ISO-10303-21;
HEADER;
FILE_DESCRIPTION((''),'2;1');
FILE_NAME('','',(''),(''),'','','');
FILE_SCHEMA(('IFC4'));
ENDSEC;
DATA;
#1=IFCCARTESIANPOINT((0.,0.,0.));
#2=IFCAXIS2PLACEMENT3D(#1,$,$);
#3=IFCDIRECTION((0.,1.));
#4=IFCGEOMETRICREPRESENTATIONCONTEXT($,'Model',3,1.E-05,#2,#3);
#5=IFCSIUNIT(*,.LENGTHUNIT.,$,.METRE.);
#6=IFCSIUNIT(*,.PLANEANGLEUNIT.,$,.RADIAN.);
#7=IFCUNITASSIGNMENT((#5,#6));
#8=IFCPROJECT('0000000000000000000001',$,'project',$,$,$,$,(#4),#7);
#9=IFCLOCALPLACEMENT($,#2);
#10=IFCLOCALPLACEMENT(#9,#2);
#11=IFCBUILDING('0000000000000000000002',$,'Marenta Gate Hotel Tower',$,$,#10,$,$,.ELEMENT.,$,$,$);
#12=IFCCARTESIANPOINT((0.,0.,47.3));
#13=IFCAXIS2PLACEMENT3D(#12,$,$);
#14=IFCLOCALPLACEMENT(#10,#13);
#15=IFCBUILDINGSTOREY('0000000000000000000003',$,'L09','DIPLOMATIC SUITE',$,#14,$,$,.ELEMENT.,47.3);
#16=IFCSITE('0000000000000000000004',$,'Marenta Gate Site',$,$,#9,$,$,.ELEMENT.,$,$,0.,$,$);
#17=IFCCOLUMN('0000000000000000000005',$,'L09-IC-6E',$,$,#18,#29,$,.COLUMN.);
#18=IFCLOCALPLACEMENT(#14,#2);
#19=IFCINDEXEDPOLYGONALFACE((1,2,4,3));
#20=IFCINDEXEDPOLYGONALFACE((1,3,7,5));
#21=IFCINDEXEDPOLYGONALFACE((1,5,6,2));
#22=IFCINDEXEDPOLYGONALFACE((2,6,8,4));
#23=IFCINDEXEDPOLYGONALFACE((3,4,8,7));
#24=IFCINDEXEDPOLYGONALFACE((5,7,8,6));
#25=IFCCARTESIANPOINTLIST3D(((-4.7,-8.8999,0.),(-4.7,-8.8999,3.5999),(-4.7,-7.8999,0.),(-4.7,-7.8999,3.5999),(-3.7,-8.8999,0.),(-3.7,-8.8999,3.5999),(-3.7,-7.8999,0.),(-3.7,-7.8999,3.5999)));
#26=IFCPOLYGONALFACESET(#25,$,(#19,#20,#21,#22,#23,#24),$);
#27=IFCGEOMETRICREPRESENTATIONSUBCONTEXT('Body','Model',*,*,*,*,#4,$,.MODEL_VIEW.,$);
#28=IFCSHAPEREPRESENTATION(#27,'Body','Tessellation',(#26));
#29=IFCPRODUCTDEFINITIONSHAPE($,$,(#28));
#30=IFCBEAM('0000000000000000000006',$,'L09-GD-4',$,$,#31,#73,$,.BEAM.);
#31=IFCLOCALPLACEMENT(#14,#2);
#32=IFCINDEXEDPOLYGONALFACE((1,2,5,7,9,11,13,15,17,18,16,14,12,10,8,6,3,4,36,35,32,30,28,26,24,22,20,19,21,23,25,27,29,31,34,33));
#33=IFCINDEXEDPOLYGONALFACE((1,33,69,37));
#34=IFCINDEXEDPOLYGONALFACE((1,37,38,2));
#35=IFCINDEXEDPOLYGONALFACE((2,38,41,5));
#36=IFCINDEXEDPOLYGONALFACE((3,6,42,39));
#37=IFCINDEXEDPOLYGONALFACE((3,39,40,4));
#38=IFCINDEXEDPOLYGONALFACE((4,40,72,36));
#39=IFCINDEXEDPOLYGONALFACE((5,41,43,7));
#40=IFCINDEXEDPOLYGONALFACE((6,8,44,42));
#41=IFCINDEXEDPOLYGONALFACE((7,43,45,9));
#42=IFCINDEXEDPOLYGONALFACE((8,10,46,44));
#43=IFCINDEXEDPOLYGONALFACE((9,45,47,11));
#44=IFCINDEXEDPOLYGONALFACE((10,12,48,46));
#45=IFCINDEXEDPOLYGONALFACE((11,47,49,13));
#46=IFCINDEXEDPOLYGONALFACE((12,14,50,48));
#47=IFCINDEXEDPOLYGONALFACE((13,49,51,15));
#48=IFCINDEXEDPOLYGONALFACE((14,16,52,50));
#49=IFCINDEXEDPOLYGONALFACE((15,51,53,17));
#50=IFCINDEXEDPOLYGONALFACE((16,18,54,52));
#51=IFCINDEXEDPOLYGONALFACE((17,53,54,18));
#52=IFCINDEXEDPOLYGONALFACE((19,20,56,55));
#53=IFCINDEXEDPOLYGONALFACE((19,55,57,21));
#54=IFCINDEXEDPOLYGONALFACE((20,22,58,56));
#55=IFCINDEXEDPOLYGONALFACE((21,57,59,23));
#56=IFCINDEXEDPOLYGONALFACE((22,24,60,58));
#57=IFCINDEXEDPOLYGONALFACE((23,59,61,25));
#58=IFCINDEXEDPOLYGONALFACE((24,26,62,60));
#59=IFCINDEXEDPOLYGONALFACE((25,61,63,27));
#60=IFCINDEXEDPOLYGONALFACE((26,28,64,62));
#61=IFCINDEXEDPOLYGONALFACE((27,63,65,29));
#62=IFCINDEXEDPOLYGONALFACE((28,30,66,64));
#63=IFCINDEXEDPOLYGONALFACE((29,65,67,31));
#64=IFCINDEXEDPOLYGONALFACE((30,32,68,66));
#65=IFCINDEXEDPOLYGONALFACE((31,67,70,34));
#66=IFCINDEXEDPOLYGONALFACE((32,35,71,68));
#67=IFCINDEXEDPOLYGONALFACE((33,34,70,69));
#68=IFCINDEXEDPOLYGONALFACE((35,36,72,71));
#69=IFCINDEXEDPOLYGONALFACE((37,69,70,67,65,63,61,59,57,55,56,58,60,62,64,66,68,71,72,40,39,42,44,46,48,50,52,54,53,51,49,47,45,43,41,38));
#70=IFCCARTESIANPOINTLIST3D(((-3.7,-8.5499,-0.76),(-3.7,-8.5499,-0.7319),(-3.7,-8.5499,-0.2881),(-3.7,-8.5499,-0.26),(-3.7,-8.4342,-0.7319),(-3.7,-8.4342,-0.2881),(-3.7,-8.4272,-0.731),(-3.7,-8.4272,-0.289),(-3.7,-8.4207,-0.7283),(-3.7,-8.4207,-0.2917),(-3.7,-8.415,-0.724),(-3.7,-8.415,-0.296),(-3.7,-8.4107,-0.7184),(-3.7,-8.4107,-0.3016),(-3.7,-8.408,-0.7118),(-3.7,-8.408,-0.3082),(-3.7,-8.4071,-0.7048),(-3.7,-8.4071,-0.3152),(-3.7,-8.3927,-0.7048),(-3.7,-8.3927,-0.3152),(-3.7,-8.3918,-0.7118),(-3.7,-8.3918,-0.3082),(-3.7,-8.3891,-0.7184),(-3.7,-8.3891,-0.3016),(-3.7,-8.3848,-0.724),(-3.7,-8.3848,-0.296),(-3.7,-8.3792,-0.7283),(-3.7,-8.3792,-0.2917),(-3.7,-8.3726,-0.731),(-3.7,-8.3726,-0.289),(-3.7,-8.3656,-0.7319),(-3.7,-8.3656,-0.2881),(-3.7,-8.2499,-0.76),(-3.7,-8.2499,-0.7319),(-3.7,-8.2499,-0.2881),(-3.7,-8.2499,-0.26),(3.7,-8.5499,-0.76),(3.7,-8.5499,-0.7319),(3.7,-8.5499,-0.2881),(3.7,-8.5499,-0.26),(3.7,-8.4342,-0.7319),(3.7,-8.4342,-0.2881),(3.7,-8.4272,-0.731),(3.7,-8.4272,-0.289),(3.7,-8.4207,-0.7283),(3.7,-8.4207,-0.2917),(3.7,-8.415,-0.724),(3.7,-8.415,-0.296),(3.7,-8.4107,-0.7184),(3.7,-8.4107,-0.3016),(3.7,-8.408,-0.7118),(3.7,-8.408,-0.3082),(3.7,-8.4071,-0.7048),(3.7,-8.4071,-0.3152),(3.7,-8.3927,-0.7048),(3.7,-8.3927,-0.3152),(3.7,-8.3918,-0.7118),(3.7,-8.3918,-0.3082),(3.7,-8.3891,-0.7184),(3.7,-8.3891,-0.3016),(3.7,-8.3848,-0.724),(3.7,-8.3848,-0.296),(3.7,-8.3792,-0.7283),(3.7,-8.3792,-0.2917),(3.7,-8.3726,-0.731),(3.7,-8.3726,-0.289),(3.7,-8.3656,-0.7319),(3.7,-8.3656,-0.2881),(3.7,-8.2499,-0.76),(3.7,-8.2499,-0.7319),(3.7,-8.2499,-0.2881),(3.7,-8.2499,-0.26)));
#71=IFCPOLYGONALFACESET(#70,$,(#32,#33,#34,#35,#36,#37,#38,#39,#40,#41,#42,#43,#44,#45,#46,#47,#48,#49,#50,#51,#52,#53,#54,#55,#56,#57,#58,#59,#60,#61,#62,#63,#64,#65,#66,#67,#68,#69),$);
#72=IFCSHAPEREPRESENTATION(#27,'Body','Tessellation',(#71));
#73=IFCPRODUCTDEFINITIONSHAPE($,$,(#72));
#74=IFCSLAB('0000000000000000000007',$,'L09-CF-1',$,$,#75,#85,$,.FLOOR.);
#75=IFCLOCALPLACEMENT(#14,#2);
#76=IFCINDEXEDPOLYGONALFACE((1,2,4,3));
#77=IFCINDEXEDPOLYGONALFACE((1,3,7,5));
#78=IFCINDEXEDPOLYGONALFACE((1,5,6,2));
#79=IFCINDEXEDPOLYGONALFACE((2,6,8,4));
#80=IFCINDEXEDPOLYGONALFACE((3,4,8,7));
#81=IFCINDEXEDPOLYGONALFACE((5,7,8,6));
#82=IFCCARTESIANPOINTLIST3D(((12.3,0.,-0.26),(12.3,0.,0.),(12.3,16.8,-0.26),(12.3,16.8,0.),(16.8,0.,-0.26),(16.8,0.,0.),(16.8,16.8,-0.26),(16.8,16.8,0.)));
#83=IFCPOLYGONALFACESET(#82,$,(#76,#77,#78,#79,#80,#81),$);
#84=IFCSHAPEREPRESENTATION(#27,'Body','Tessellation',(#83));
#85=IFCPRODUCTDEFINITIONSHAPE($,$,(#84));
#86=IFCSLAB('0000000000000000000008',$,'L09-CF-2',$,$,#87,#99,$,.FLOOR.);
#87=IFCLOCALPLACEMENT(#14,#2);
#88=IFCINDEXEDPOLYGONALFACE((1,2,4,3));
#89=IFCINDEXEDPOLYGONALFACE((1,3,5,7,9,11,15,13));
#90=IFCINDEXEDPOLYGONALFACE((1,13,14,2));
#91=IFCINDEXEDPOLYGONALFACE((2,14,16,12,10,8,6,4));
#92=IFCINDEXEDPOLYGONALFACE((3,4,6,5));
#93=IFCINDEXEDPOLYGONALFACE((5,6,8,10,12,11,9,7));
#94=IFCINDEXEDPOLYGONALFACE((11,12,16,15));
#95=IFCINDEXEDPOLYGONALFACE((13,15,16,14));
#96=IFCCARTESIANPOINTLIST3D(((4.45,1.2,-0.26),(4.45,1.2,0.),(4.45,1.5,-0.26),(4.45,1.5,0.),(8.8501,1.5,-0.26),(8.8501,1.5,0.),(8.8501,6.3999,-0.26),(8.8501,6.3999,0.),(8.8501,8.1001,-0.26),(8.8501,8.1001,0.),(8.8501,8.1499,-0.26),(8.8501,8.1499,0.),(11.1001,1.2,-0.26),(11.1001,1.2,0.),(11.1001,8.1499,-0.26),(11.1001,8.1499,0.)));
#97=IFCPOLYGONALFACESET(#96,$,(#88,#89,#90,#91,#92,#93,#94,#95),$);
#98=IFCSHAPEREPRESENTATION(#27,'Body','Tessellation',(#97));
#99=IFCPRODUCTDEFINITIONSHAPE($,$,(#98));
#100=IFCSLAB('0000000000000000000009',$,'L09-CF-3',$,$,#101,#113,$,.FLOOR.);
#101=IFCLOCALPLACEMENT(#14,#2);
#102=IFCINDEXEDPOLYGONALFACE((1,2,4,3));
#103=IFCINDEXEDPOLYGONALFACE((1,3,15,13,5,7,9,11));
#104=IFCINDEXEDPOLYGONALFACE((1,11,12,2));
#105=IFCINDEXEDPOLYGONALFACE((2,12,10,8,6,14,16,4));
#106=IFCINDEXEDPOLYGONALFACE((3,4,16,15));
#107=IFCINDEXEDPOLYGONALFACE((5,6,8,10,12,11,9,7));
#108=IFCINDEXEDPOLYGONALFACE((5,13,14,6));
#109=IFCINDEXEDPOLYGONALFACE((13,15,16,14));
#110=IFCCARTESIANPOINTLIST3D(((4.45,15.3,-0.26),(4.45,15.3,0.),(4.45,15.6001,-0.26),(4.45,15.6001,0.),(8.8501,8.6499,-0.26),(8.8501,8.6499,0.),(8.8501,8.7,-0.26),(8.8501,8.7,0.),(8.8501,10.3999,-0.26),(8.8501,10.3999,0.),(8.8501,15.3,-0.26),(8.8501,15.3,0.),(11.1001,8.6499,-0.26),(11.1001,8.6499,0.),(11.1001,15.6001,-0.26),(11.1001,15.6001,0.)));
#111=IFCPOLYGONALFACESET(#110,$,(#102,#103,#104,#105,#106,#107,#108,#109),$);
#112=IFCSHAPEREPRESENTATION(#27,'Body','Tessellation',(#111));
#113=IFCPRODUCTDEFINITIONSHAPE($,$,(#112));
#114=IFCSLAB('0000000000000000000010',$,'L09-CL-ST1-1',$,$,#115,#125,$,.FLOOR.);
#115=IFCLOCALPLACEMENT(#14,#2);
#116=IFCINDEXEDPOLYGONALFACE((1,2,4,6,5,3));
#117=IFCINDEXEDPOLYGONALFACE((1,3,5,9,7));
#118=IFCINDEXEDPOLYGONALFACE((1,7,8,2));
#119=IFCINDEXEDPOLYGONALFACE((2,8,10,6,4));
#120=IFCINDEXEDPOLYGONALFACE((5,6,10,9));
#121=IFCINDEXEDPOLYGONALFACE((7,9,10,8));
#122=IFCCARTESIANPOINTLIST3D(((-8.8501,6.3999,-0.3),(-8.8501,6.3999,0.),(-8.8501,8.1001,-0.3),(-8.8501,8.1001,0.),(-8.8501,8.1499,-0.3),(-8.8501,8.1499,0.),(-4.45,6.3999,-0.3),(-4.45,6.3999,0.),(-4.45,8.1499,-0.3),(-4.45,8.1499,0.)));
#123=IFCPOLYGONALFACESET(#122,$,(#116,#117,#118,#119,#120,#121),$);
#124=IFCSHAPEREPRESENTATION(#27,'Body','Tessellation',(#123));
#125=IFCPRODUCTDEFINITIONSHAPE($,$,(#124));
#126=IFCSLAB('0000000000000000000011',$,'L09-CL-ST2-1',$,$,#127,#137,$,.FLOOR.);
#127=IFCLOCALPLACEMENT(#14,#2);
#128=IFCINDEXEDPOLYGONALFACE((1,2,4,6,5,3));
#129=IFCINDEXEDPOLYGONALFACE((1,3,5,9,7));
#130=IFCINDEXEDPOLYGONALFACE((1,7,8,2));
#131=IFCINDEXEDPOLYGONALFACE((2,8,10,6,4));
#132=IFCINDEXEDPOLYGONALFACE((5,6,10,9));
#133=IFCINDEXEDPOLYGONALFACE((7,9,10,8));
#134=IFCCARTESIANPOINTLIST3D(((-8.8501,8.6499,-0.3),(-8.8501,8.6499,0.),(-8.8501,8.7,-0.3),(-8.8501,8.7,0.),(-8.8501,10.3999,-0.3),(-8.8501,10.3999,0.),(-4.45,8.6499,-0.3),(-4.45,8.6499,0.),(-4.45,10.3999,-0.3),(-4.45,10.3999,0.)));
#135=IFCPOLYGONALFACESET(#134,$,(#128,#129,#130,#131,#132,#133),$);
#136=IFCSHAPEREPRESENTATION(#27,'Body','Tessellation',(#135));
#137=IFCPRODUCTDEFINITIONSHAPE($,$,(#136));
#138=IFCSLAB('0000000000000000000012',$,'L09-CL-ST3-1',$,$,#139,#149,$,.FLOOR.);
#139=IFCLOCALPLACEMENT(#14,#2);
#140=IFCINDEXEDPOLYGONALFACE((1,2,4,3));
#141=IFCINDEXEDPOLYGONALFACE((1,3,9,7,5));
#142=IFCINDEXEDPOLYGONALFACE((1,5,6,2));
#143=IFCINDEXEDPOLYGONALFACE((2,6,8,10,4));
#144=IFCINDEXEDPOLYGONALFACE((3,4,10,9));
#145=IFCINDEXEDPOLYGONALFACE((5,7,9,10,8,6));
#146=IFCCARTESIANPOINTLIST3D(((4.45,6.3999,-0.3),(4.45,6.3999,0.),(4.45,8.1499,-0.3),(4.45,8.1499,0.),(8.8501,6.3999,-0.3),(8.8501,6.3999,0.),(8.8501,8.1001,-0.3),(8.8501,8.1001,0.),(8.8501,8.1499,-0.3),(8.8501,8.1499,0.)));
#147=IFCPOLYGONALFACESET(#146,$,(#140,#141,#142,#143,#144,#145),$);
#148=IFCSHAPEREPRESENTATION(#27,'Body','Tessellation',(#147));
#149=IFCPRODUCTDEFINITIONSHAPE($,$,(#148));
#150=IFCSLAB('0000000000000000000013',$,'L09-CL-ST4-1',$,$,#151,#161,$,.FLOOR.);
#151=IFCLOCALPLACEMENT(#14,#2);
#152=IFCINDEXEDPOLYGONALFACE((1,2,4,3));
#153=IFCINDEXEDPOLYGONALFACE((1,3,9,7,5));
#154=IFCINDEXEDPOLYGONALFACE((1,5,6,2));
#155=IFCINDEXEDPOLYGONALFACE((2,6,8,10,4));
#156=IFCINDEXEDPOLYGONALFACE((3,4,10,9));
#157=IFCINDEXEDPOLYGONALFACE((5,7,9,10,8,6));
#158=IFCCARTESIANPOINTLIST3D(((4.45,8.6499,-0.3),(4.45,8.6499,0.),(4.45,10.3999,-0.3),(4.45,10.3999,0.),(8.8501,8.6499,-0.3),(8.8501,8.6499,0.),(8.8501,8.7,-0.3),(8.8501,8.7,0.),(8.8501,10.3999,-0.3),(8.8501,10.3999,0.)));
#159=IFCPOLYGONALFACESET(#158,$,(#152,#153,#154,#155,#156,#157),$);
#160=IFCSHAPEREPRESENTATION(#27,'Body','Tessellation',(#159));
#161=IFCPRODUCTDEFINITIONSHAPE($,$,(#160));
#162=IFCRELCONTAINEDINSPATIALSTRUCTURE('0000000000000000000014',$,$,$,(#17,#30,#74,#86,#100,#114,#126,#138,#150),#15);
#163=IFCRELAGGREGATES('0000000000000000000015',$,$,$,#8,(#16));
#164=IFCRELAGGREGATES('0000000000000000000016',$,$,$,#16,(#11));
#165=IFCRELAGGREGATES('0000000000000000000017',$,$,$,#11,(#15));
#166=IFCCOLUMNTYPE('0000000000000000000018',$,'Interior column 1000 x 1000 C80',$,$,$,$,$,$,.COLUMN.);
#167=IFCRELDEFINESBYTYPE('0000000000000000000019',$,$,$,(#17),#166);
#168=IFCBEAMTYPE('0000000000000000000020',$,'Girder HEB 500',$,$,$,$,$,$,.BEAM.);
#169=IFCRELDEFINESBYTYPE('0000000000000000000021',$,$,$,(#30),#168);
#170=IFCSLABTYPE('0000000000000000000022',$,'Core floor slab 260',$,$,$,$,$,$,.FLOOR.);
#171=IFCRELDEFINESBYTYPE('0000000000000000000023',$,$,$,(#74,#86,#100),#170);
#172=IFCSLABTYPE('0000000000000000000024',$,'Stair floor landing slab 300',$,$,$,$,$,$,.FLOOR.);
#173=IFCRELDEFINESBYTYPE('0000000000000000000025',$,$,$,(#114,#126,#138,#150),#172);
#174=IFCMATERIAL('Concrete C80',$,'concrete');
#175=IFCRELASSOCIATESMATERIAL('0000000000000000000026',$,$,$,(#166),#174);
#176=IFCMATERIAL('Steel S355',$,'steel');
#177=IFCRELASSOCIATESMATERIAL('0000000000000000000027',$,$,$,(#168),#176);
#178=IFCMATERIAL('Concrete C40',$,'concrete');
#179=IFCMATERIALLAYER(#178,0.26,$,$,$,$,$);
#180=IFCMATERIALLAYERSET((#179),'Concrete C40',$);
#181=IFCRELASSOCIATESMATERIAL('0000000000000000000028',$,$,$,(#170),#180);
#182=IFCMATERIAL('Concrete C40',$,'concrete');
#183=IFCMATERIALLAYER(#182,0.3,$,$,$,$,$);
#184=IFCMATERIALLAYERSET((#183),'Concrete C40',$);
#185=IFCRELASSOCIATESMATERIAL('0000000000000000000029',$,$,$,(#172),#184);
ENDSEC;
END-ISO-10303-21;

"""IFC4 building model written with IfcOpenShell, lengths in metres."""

from ifc_helpers import new_model, si_unit, direction, frame, origin, origin_2d, place, context, subcontext, project, spatial, polyline, rectangle, i_section, outline, extrude, material, layer, layer_set, material_profile, profile_set, type_object, element, save


model = new_model("IFC4")

# Units and contexts
model_context = context("Model", 3, precision=1e-05, world=origin(), true_north=direction((0.0, 1.0)))
body_context = subcontext(model_context, "Body", "Model", "MODEL_VIEW")
ifc_project = project(units=[si_unit("LENGTHUNIT", "METRE"), si_unit("PLANEANGLEUNIT", "RADIAN")], contexts=[model_context])

# Site, building, storey
site_placement = place(None, origin())
site = spatial("IfcSite", under=ifc_project, at=site_placement, Name="Marenta Gate Site", CompositionType="ELEMENT", RefElevation=0.0)
building_placement = place(site_placement, origin())
building = spatial("IfcBuilding", under=site, at=building_placement, Name="Marenta Gate Hotel Tower", CompositionType="ELEMENT")
storey_placement = place(building_placement, frame((0.0, 0.0, 47.3)))
storey = spatial("IfcBuildingStorey", under=building, at=storey_placement, Name="L09", Description="DIPLOMATIC SUITE", CompositionType="ELEMENT", Elevation=47.3)

# Column
ifc_material_1 = material(Name="Concrete C80", Category="concrete")
ifc_material_profile_1 = material_profile(ifc_material_1, rectangle(XDim=1.0, YDim=1.0, at=origin_2d()), Name="1000 x 1000")
ifc_profile_set_1 = profile_set([ifc_material_profile_1], Name="Concrete C80")
column_type = type_object("IfcColumnType", Name="Interior column 1000 x 1000 C80", PredefinedType="COLUMN", material=ifc_profile_set_1)
column_placement = place(storey_placement, frame((-4.2, -8.3999, 0.0), z_axis=(0.0, 0.0, 1.0), x_axis=(1.0, 0.0, 0.0)))
element("IfcColumn", 1, at=column_placement, inside=storey, type_object=column_type, Name="L09-IC-6E", PredefinedType="COLUMN", context=body_context, shape_type="SweptSolid", body=[
    extrude(rectangle(XDim=1.0, YDim=1.0, at=origin_2d()), origin(), (0.0, 0.0, 1.0), 3.5999),
])

# Beam
ifc_material_2 = material(Name="Steel S355", Category="steel")
ifc_material_profile_2 = material_profile(ifc_material_2, i_section(OverallWidth=0.3, OverallDepth=0.5, WebThickness=0.0144, FlangeThickness=0.0281, FilletRadius=0.0271, at=origin_2d()), Name="HEB 500")
ifc_profile_set_2 = profile_set([ifc_material_profile_2], Name="Steel S355")
beam_type = type_object("IfcBeamType", Name="Girder HEB 500", PredefinedType="BEAM", material=ifc_profile_set_2)
beam_placement = place(storey_placement, frame((-3.7, -8.3999, -0.51), z_axis=(1.0, 0.0, 0.0), x_axis=(0.0, 1.0, 0.0)))
element("IfcBeam", 2, at=beam_placement, inside=storey, type_object=beam_type, Name="L09-GD-4", PredefinedType="BEAM", context=body_context, shape_type="SweptSolid", body=[
    extrude(i_section(OverallWidth=0.3, OverallDepth=0.5, WebThickness=0.0144, FlangeThickness=0.0281, FilletRadius=0.0271, at=origin_2d()), origin(), (0.0, 0.0, 1.0), 7.3999),
])

# Slabs
ifc_material_3 = material(Name="Concrete C40", Category="concrete")
ifc_layer_1 = layer(ifc_material_3, 0.26)
ifc_layer_set_1 = layer_set([ifc_layer_1], Name="Concrete C40")
slab_type_1 = type_object("IfcSlabType", Name="Core floor slab 260", PredefinedType="FLOOR", material=ifc_layer_set_1)
slab_1_placement = place(storey_placement, frame((0.0, 0.0, -0.26)))
element("IfcSlab", 3, at=slab_1_placement, inside=storey, type_object=slab_type_1, Name="L09-CF-1", PredefinedType="FLOOR", context=body_context, shape_type="SweptSolid", body=[
    extrude(outline(polyline([(12.3, 0.0), (12.3, 16.8), (16.8, 16.8), (16.8, 0.0), (12.3, 0.0)])), origin(), (0.0, 0.0, 1.0), 0.26),
])
slab_2_placement = place(storey_placement, frame((0.0, 0.0, -0.26)))
element("IfcSlab", 4, at=slab_2_placement, inside=storey, type_object=slab_type_1, Name="L09-CF-2", PredefinedType="FLOOR", context=body_context, shape_type="SweptSolid", body=[
    extrude(outline(polyline([(8.8501, 1.5), (8.8501, 6.3999), (8.8501, 8.1001), (8.8501, 8.1499), (11.1001, 8.1499), (11.1001, 1.2), (4.45, 1.2), (4.45, 1.5), (8.8501, 1.5)])), origin(), (0.0, 0.0, 1.0), 0.26),
])
slab_3_placement = place(storey_placement, frame((0.0, 0.0, -0.26)))
element("IfcSlab", 5, at=slab_3_placement, inside=storey, type_object=slab_type_1, Name="L09-CF-3", PredefinedType="FLOOR", context=body_context, shape_type="SweptSolid", body=[
    extrude(outline(polyline([(8.8501, 15.3), (4.45, 15.3), (4.45, 15.6001), (11.1001, 15.6001), (11.1001, 8.6499), (8.8501, 8.6499), (8.8501, 8.7), (8.8501, 10.3999), (8.8501, 15.3)])), origin(), (0.0, 0.0, 1.0), 0.26),
])
ifc_material_4 = material(Name="Concrete C40", Category="concrete")
ifc_layer_2 = layer(ifc_material_4, 0.3)
ifc_layer_set_2 = layer_set([ifc_layer_2], Name="Concrete C40")
slab_type_2 = type_object("IfcSlabType", Name="Stair floor landing slab 300", PredefinedType="FLOOR", material=ifc_layer_set_2)
slab_4_placement = place(storey_placement, frame((0.0, 0.0, -0.3)))
element("IfcSlab", 6, at=slab_4_placement, inside=storey, type_object=slab_type_2, Name="L09-CL-ST1-1", PredefinedType="FLOOR", context=body_context, shape_type="SweptSolid", body=[
    extrude(outline(polyline([(-4.45, 6.3999), (-8.8501, 6.3999), (-8.8501, 8.1001), (-8.8501, 8.1499), (-4.45, 8.1499), (-4.45, 6.3999)])), origin(), (0.0, 0.0, 1.0), 0.3),
])
slab_5_placement = place(storey_placement, frame((0.0, 0.0, -0.3)))
element("IfcSlab", 7, at=slab_5_placement, inside=storey, type_object=slab_type_2, Name="L09-CL-ST2-1", PredefinedType="FLOOR", context=body_context, shape_type="SweptSolid", body=[
    extrude(outline(polyline([(-4.45, 8.6499), (-8.8501, 8.6499), (-8.8501, 8.7), (-8.8501, 10.3999), (-4.45, 10.3999), (-4.45, 8.6499)])), origin(), (0.0, 0.0, 1.0), 0.3),
])
slab_6_placement = place(storey_placement, frame((0.0, 0.0, -0.3)))
element("IfcSlab", 8, at=slab_6_placement, inside=storey, type_object=slab_type_2, Name="L09-CL-ST3-1", PredefinedType="FLOOR", context=body_context, shape_type="SweptSolid", body=[
    extrude(outline(polyline([(4.45, 6.3999), (4.45, 8.1499), (8.8501, 8.1499), (8.8501, 8.1001), (8.8501, 6.3999), (4.45, 6.3999)])), origin(), (0.0, 0.0, 1.0), 0.3),
])
slab_7_placement = place(storey_placement, frame((0.0, 0.0, -0.3)))
element("IfcSlab", 9, at=slab_7_placement, inside=storey, type_object=slab_type_2, Name="L09-CL-ST4-1", PredefinedType="FLOOR", context=body_context, shape_type="SweptSolid", body=[
    extrude(outline(polyline([(4.45, 8.6499), (4.45, 10.3999), (8.8501, 10.3999), (8.8501, 8.7), (8.8501, 8.6499), (4.45, 8.6499)])), origin(), (0.0, 0.0, 1.0), 0.3),
])

save(model, "model.ifc")
